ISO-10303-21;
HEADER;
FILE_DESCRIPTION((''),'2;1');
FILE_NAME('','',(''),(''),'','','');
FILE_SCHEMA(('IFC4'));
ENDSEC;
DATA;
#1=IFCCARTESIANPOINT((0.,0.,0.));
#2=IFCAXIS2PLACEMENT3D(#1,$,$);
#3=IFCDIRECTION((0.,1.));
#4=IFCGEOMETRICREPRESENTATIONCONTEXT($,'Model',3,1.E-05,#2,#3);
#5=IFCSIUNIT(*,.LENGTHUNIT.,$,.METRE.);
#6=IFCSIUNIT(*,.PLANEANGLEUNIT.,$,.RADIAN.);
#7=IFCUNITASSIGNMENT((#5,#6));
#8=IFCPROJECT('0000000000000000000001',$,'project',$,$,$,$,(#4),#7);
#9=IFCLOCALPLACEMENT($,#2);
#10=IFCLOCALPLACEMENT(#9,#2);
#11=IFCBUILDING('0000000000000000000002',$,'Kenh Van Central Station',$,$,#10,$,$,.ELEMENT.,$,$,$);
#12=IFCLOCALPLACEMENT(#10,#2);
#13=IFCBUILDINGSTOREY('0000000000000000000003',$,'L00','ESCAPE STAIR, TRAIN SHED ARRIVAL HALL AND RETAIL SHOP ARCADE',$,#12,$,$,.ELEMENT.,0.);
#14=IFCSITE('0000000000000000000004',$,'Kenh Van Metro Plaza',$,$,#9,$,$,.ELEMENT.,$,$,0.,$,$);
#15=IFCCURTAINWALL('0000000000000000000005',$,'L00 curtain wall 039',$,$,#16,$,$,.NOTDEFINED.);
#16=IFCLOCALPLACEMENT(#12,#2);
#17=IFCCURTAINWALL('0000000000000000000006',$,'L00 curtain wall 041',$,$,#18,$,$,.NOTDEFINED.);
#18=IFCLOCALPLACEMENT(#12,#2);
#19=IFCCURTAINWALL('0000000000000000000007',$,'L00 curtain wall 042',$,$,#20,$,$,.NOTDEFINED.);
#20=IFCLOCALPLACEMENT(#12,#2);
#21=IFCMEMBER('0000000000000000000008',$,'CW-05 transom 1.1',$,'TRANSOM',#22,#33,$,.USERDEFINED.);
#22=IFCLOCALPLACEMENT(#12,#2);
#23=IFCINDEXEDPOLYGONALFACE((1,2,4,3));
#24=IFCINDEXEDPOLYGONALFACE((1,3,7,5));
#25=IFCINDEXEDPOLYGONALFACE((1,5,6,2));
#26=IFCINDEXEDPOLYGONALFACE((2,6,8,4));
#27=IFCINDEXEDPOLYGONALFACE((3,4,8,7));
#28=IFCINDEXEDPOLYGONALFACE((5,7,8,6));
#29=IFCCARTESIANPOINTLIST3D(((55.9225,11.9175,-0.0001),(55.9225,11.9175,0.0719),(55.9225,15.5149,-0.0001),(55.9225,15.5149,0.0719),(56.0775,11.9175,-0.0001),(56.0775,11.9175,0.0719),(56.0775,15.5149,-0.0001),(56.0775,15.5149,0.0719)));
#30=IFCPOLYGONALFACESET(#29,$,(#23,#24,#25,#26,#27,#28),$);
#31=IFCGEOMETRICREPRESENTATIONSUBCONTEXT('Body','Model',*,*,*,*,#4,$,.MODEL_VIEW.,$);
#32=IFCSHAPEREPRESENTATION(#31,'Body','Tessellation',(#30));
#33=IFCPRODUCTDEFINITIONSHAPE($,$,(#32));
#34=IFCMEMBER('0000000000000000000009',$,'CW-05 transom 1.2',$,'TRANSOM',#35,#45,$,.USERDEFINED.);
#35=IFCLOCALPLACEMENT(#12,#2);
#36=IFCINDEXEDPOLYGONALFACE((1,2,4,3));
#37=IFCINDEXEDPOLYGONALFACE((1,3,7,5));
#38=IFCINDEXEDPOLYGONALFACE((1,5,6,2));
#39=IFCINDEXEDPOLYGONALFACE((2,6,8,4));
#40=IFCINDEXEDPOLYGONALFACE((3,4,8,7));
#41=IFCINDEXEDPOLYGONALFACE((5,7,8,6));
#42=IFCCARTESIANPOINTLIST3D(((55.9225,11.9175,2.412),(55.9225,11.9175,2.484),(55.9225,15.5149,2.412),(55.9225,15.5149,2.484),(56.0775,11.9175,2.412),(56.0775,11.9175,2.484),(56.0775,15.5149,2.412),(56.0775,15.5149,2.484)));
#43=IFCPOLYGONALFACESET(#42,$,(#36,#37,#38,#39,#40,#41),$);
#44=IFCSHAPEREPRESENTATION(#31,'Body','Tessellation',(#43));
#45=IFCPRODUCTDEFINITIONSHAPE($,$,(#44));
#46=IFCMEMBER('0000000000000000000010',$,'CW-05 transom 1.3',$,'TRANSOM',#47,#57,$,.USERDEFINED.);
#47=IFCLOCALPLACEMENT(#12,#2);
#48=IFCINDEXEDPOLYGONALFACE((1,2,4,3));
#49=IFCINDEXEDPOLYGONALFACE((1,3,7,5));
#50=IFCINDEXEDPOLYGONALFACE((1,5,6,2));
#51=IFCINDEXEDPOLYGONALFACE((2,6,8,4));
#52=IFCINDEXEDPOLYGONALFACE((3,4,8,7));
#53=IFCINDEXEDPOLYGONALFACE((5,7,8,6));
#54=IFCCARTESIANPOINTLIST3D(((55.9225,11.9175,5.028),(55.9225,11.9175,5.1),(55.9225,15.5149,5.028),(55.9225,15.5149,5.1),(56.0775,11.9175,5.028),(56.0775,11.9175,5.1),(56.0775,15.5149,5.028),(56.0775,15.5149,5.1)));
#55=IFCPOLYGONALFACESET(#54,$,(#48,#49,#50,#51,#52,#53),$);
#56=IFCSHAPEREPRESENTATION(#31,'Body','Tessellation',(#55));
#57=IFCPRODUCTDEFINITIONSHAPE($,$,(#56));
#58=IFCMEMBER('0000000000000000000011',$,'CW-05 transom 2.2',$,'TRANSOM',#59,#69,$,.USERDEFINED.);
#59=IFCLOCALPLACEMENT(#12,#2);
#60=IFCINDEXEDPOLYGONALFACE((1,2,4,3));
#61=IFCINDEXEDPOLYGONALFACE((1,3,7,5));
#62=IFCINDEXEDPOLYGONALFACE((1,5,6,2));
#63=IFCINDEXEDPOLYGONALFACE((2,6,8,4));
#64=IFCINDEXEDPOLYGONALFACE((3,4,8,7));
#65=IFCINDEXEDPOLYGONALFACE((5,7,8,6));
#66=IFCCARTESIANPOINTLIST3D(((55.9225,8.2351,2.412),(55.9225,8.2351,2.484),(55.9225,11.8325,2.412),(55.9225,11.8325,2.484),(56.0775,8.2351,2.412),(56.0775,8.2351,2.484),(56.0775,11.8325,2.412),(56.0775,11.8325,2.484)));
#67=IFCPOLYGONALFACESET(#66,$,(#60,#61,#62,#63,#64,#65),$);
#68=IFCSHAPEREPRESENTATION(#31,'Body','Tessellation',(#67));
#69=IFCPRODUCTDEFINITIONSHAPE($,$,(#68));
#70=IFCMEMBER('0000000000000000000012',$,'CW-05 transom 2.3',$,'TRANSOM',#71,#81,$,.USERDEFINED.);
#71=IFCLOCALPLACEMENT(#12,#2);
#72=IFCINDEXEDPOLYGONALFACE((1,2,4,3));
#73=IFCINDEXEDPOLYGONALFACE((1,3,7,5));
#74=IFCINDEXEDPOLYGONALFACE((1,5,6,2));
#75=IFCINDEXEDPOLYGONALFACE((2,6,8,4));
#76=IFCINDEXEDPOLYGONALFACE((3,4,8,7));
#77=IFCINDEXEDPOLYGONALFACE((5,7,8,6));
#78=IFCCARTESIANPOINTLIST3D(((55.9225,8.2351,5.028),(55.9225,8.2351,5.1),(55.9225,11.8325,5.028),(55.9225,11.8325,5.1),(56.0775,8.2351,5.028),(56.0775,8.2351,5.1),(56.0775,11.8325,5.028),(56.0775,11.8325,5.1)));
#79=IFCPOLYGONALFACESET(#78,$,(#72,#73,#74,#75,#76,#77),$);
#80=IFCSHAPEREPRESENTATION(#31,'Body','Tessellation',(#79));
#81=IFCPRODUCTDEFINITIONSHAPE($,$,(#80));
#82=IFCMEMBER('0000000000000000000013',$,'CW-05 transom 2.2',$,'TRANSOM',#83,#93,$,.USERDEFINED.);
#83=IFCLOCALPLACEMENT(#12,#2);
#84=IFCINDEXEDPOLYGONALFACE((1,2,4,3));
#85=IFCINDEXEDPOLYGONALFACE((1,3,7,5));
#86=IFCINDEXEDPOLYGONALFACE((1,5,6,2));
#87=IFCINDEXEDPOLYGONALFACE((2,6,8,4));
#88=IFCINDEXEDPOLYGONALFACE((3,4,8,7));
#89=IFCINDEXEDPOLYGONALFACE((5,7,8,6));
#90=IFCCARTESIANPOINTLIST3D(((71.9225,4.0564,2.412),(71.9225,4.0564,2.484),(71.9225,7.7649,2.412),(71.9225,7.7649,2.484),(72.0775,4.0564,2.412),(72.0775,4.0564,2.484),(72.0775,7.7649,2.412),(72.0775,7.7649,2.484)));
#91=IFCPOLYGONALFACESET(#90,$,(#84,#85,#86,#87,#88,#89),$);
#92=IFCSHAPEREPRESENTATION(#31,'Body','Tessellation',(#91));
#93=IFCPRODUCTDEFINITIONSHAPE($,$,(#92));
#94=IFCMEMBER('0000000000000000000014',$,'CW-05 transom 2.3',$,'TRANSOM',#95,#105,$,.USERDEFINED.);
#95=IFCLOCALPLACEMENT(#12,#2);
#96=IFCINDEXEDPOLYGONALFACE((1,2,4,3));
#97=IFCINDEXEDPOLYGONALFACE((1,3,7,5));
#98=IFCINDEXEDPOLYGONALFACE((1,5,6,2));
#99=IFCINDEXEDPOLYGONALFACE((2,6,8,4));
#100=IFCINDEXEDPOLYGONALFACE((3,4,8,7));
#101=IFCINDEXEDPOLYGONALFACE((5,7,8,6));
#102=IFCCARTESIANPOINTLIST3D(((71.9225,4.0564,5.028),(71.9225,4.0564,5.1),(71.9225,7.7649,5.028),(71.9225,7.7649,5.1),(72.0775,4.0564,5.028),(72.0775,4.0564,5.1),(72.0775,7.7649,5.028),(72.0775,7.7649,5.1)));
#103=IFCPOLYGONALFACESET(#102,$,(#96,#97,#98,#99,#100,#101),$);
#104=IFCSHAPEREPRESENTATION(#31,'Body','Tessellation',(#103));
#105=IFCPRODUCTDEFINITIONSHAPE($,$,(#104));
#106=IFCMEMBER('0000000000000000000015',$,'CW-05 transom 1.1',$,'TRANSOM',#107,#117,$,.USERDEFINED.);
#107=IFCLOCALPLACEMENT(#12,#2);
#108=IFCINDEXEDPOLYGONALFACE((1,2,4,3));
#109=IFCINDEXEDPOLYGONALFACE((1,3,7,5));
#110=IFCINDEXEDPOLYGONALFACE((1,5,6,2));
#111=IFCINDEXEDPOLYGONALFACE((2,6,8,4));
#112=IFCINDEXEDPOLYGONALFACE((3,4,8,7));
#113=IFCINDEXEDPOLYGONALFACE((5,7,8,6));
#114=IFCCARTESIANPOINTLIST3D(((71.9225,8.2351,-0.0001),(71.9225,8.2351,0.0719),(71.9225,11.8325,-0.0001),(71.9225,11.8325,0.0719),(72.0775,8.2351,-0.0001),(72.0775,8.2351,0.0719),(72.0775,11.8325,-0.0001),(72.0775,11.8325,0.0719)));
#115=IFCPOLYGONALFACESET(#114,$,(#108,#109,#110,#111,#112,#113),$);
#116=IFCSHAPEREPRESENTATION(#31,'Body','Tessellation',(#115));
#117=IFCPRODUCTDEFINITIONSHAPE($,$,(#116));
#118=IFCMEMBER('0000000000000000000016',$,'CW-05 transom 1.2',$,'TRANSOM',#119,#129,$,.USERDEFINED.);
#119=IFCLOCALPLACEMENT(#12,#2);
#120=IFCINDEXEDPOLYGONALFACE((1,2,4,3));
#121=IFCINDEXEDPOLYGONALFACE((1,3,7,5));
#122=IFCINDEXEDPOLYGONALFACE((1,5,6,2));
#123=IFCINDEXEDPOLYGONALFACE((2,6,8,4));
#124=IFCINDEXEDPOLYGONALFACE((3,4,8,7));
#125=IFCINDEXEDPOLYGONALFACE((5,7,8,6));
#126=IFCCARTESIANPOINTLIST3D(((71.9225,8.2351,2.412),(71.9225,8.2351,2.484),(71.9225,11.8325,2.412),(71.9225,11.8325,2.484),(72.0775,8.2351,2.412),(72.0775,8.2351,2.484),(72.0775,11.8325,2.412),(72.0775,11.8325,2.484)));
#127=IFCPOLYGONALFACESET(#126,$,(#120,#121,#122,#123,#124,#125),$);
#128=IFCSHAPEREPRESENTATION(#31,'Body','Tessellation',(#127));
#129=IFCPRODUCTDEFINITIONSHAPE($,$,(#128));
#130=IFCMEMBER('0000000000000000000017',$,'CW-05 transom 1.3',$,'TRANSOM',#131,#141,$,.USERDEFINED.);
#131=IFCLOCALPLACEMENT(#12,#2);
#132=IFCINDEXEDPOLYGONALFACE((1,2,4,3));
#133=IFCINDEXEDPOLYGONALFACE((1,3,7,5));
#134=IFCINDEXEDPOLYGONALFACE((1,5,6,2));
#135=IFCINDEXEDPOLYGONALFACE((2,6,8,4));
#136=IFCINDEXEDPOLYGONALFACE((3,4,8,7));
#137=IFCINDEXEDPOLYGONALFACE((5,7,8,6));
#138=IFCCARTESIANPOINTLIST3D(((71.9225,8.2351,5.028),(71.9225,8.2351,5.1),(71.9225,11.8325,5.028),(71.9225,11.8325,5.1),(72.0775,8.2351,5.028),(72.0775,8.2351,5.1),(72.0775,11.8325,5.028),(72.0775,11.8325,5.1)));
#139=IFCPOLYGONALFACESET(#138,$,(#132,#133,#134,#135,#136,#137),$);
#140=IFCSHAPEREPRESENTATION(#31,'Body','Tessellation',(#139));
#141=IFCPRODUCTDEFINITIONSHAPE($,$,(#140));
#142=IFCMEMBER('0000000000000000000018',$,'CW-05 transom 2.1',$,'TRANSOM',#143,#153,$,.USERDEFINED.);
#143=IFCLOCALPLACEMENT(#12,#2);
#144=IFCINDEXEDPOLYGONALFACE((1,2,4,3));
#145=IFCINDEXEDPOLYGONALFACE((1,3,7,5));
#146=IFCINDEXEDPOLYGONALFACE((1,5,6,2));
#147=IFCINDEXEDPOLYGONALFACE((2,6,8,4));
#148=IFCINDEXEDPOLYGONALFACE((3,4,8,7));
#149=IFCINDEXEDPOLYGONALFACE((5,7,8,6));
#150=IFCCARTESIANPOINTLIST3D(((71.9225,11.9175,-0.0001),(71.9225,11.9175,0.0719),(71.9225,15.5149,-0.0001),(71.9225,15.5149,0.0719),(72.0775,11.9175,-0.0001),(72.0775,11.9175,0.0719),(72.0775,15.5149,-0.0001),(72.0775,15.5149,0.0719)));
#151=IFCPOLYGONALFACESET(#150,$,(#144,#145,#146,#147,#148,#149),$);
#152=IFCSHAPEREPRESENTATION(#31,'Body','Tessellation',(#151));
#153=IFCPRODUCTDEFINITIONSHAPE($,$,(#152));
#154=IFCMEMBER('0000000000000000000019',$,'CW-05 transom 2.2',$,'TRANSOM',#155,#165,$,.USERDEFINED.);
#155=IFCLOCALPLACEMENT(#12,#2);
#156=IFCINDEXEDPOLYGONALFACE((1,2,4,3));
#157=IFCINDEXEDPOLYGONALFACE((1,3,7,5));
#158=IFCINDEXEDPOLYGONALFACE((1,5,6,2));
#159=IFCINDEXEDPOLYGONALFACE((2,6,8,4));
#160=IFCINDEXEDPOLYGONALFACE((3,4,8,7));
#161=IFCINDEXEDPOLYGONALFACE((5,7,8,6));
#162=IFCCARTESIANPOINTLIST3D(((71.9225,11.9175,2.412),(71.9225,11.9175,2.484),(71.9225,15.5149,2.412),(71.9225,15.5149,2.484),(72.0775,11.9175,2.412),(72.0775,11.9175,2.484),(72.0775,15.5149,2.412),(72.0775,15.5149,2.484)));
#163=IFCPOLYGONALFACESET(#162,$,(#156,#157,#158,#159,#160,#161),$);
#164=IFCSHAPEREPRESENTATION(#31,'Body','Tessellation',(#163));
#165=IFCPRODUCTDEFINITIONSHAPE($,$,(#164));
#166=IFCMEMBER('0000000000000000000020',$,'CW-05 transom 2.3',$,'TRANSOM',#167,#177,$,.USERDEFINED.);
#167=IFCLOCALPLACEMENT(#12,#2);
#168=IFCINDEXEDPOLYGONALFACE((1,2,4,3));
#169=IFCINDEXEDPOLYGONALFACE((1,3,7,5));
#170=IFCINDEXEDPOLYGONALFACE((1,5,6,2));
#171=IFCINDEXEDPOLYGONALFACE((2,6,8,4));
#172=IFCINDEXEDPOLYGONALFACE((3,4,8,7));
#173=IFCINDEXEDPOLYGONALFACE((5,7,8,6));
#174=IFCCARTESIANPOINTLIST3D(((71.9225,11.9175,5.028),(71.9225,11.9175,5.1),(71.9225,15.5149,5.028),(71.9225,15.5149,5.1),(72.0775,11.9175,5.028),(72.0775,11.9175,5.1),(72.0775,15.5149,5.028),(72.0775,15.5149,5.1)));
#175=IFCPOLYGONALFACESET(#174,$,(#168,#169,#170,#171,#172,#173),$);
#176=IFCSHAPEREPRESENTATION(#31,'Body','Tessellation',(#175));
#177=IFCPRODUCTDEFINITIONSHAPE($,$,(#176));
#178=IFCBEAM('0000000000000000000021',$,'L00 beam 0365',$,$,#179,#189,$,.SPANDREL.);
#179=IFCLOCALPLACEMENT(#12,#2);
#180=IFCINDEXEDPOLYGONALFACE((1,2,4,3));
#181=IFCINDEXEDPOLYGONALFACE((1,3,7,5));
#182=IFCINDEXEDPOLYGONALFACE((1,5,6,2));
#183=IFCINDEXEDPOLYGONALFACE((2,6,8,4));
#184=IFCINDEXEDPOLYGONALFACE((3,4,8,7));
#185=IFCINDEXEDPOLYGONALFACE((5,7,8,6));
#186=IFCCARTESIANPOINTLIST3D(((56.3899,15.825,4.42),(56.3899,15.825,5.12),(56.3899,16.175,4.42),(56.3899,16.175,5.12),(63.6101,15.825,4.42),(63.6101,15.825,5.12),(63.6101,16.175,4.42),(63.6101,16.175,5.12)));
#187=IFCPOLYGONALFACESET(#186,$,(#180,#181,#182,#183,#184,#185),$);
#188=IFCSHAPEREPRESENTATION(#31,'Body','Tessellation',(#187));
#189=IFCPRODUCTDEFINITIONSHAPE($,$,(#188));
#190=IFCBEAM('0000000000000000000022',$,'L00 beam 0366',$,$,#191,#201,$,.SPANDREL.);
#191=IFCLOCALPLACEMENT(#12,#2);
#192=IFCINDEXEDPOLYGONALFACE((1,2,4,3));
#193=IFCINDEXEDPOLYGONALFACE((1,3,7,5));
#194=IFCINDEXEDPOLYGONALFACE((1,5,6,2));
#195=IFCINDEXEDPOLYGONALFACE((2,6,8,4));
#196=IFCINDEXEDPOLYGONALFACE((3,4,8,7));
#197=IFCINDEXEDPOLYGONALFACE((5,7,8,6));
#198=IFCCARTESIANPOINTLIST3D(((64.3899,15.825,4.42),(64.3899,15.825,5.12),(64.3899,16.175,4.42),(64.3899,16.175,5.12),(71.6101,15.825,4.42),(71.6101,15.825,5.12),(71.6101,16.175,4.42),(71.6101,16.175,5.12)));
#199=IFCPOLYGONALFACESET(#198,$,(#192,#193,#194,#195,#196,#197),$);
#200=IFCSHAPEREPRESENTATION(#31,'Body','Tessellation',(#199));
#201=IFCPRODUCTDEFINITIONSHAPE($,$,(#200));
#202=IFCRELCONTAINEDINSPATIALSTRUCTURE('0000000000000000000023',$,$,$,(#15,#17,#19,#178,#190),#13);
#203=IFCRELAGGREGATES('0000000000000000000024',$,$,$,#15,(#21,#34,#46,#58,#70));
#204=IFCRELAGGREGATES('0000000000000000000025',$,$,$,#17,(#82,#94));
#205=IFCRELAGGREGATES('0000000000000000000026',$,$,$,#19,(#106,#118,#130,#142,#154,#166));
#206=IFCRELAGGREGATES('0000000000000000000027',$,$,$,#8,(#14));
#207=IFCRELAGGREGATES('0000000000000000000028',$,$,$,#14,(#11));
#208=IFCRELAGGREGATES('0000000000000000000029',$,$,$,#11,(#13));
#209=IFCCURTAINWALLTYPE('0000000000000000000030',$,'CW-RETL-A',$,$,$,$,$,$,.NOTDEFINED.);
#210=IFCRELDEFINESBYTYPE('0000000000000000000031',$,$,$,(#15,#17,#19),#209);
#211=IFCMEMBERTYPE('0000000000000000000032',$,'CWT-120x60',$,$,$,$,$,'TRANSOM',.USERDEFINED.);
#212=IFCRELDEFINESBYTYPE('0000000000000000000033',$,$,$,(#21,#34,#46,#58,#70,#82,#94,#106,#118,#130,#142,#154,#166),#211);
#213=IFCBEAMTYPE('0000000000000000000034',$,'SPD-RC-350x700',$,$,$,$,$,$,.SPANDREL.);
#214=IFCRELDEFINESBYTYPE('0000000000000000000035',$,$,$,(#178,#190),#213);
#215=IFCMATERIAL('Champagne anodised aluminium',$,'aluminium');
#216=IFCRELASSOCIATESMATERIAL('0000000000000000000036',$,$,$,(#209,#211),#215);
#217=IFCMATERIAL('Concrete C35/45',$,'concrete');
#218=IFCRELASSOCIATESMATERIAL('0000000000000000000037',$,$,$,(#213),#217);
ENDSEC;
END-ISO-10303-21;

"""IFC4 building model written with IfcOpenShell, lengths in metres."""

from ifc_helpers import new_model, si_unit, direction, frame, origin, origin_2d, place, context, subcontext, project, spatial, rectangle, extrude, material, material_profile, profile_set, type_object, element, aggregate, save


model = new_model("IFC4")

# Units and contexts
model_context = context("Model", 3, precision=1e-05, world=origin(), true_north=direction((0.0, 1.0)))
body_context = subcontext(model_context, "Body", "Model", "MODEL_VIEW")
ifc_project = project(units=[si_unit("LENGTHUNIT", "METRE"), si_unit("PLANEANGLEUNIT", "RADIAN")], contexts=[model_context])

# Site, building, storey
site_placement = place(None, origin())
site = spatial("IfcSite", under=ifc_project, at=site_placement, Name="Kenh Van Metro Plaza", CompositionType="ELEMENT", RefElevation=0.0)
building_placement = place(site_placement, origin())
building = spatial("IfcBuilding", under=site, at=building_placement, Name="Kenh Van Central Station", CompositionType="ELEMENT")
storey_placement = place(building_placement, origin())
storey = spatial("IfcBuildingStorey", under=building, at=storey_placement, Name="L00", Description="ESCAPE STAIR, TRAIN SHED ARRIVAL HALL AND RETAIL SHOP ARCADE", CompositionType="ELEMENT", Elevation=0.0)

# Curtain wall
ifc_material_1 = material(Name="Champagne anodised aluminium", Category="aluminium")
curtain_wall_type = type_object("IfcCurtainWallType", Name="CW-RETL-A", PredefinedType="NOTDEFINED", material=ifc_material_1)
curtain_wall_1_placement = place(storey_placement, origin())
curtain_wall_1 = element("IfcCurtainWall", 1, at=curtain_wall_1_placement, inside=storey, type_object=curtain_wall_type, Name="L00 curtain wall 039", PredefinedType="NOTDEFINED")

# Curtain wall
curtain_wall_2_placement = place(storey_placement, origin())
curtain_wall_2 = element("IfcCurtainWall", 2, at=curtain_wall_2_placement, inside=storey, type_object=curtain_wall_type, Name="L00 curtain wall 041", PredefinedType="NOTDEFINED")

# Curtain wall
curtain_wall_3_placement = place(storey_placement, origin())
curtain_wall_3 = element("IfcCurtainWall", 3, at=curtain_wall_3_placement, inside=storey, type_object=curtain_wall_type, Name="L00 curtain wall 042", PredefinedType="NOTDEFINED")

# Members
ifc_material_profile_1 = material_profile(ifc_material_1, rectangle(XDim=0.155, YDim=0.072, at=origin_2d()), Name="AL 155x72")
ifc_profile_set_1 = profile_set([ifc_material_profile_1], Name="Champagne anodised aluminium")
member_type_1 = type_object("IfcMemberType", Name="CWT-120x60", ElementType="TRANSOM", PredefinedType="USERDEFINED", material=ifc_profile_set_1)
member_1_placement = place(storey_placement, frame((56.0, 15.5149, 0.0359), z_axis=(0.0, -1.0, 0.0), x_axis=(1.0, 0.0, 0.0)))
member_1 = element("IfcMember", 4, at=member_1_placement, type_object=member_type_1, Name="CW-05 transom 1.1", ObjectType="TRANSOM", PredefinedType="USERDEFINED", context=body_context, shape_type="SweptSolid", body=[
    extrude(rectangle(XDim=0.155, YDim=0.072, at=origin_2d()), origin(), (0.0, 0.0, 1.0), 3.5974),
])
member_2_placement = place(storey_placement, frame((56.0, 15.5149, 2.448), z_axis=(0.0, -1.0, 0.0), x_axis=(1.0, 0.0, 0.0)))
member_2 = element("IfcMember", 5, at=member_2_placement, type_object=member_type_1, Name="CW-05 transom 1.2", ObjectType="TRANSOM", PredefinedType="USERDEFINED", context=body_context, shape_type="SweptSolid", body=[
    extrude(rectangle(XDim=0.155, YDim=0.072, at=origin_2d()), origin(), (0.0, 0.0, 1.0), 3.5974),
])
member_3_placement = place(storey_placement, frame((56.0, 15.5149, 5.064), z_axis=(0.0, -1.0, 0.0), x_axis=(1.0, 0.0, 0.0)))
member_3 = element("IfcMember", 6, at=member_3_placement, type_object=member_type_1, Name="CW-05 transom 1.3", ObjectType="TRANSOM", PredefinedType="USERDEFINED", context=body_context, shape_type="SweptSolid", body=[
    extrude(rectangle(XDim=0.155, YDim=0.072, at=origin_2d()), origin(), (0.0, 0.0, 1.0), 3.5974),
])
member_4_placement = place(storey_placement, frame((56.0, 11.8325, 2.448), z_axis=(0.0, -1.0, 0.0), x_axis=(1.0, 0.0, 0.0)))
member_4 = element("IfcMember", 7, at=member_4_placement, type_object=member_type_1, Name="CW-05 transom 2.2", ObjectType="TRANSOM", PredefinedType="USERDEFINED", context=body_context, shape_type="SweptSolid", body=[
    extrude(rectangle(XDim=0.155, YDim=0.072, at=origin_2d()), origin(), (0.0, 0.0, 1.0), 3.5974),
])
member_5_placement = place(storey_placement, frame((56.0, 11.8325, 5.064), z_axis=(0.0, -1.0, 0.0), x_axis=(1.0, 0.0, 0.0)))
member_5 = element("IfcMember", 8, at=member_5_placement, type_object=member_type_1, Name="CW-05 transom 2.3", ObjectType="TRANSOM", PredefinedType="USERDEFINED", context=body_context, shape_type="SweptSolid", body=[
    extrude(rectangle(XDim=0.155, YDim=0.072, at=origin_2d()), origin(), (0.0, 0.0, 1.0), 3.5974),
])
member_6_placement = place(storey_placement, frame((72.0, 4.0564, 2.448), z_axis=(0.0, 1.0, 0.0), x_axis=(-1.0, 0.0, 0.0)))
member_6 = element("IfcMember", 9, at=member_6_placement, type_object=member_type_1, Name="CW-05 transom 2.2", ObjectType="TRANSOM", PredefinedType="USERDEFINED", context=body_context, shape_type="SweptSolid", body=[
    extrude(rectangle(XDim=0.155, YDim=0.072, at=origin_2d()), origin(), (0.0, 0.0, 1.0), 3.7085),
])
member_7_placement = place(storey_placement, frame((72.0, 4.0564, 5.064), z_axis=(0.0, 1.0, 0.0), x_axis=(-1.0, 0.0, 0.0)))
member_7 = element("IfcMember", 10, at=member_7_placement, type_object=member_type_1, Name="CW-05 transom 2.3", ObjectType="TRANSOM", PredefinedType="USERDEFINED", context=body_context, shape_type="SweptSolid", body=[
    extrude(rectangle(XDim=0.155, YDim=0.072, at=origin_2d()), origin(), (0.0, 0.0, 1.0), 3.7085),
])
member_8_placement = place(storey_placement, frame((72.0, 8.2351, 0.0359), z_axis=(0.0, 1.0, 0.0), x_axis=(-1.0, 0.0, 0.0)))
member_8 = element("IfcMember", 11, at=member_8_placement, type_object=member_type_1, Name="CW-05 transom 1.1", ObjectType="TRANSOM", PredefinedType="USERDEFINED", context=body_context, shape_type="SweptSolid", body=[
    extrude(rectangle(XDim=0.155, YDim=0.072, at=origin_2d()), origin(), (0.0, 0.0, 1.0), 3.5974),
])
member_9_placement = place(storey_placement, frame((72.0, 8.2351, 2.448), z_axis=(0.0, 1.0, 0.0), x_axis=(-1.0, 0.0, 0.0)))
member_9 = element("IfcMember", 12, at=member_9_placement, type_object=member_type_1, Name="CW-05 transom 1.2", ObjectType="TRANSOM", PredefinedType="USERDEFINED", context=body_context, shape_type="SweptSolid", body=[
    extrude(rectangle(XDim=0.155, YDim=0.072, at=origin_2d()), origin(), (0.0, 0.0, 1.0), 3.5974),
])
member_10_placement = place(storey_placement, frame((72.0, 8.2351, 5.064), z_axis=(0.0, 1.0, 0.0), x_axis=(-1.0, 0.0, 0.0)))
member_10 = element("IfcMember", 13, at=member_10_placement, type_object=member_type_1, Name="CW-05 transom 1.3", ObjectType="TRANSOM", PredefinedType="USERDEFINED", context=body_context, shape_type="SweptSolid", body=[
    extrude(rectangle(XDim=0.155, YDim=0.072, at=origin_2d()), origin(), (0.0, 0.0, 1.0), 3.5974),
])
member_11_placement = place(storey_placement, frame((72.0, 11.9175, 0.0359), z_axis=(0.0, 1.0, 0.0), x_axis=(-1.0, 0.0, 0.0)))
member_11 = element("IfcMember", 14, at=member_11_placement, type_object=member_type_1, Name="CW-05 transom 2.1", ObjectType="TRANSOM", PredefinedType="USERDEFINED", context=body_context, shape_type="SweptSolid", body=[
    extrude(rectangle(XDim=0.155, YDim=0.072, at=origin_2d()), origin(), (0.0, 0.0, 1.0), 3.5974),
])
member_12_placement = place(storey_placement, frame((72.0, 11.9175, 2.448), z_axis=(0.0, 1.0, 0.0), x_axis=(-1.0, 0.0, 0.0)))
member_12 = element("IfcMember", 15, at=member_12_placement, type_object=member_type_1, Name="CW-05 transom 2.2", ObjectType="TRANSOM", PredefinedType="USERDEFINED", context=body_context, shape_type="SweptSolid", body=[
    extrude(rectangle(XDim=0.155, YDim=0.072, at=origin_2d()), origin(), (0.0, 0.0, 1.0), 3.5974),
])
member_13_placement = place(storey_placement, frame((72.0, 11.9175, 5.064), z_axis=(0.0, 1.0, 0.0), x_axis=(-1.0, 0.0, 0.0)))
member_13 = element("IfcMember", 16, at=member_13_placement, type_object=member_type_1, Name="CW-05 transom 2.3", ObjectType="TRANSOM", PredefinedType="USERDEFINED", context=body_context, shape_type="SweptSolid", body=[
    extrude(rectangle(XDim=0.155, YDim=0.072, at=origin_2d()), origin(), (0.0, 0.0, 1.0), 3.5974),
])

# Beams
ifc_material_2 = material(Name="Concrete C35/45", Category="concrete")
ifc_material_profile_2 = material_profile(ifc_material_2, rectangle(XDim=0.3501, YDim=0.7, at=origin_2d()), Name="RC 350x700")
ifc_profile_set_2 = profile_set([ifc_material_profile_2], Name="Concrete C35/45")
beam_type = type_object("IfcBeamType", Name="SPD-RC-350x700", PredefinedType="SPANDREL", material=ifc_profile_set_2)
for number, where, z_axis, x_axis, name in (
    (17, (56.3899, 16.0, 4.77), (1.0, 0.0, 0.0), (0.0, 1.0, 0.0), "L00 beam 0365"),
    (18, (64.3899, 16.0, 4.77), (1.0, 0.0, 0.0), (0.0, 1.0, 0.0), "L00 beam 0366"),
):
    element("IfcBeam", number, at=place(storey_placement, frame(where, z_axis=z_axis, x_axis=x_axis)), inside=storey, type_object=beam_type, Name=name, PredefinedType="SPANDREL", context=body_context, shape_type="SweptSolid", body=[
        extrude(rectangle(XDim=0.3501, YDim=0.7, at=origin_2d()), origin(), (0.0, 0.0, 1.0), 7.2202),
    ])

aggregate(curtain_wall_1, [member_1, member_2, member_3, member_4, member_5])
aggregate(curtain_wall_2, [member_6, member_7])
aggregate(curtain_wall_3, [member_8, member_9, member_10, member_11, member_12, member_13])

save(model, "model.ifc")
